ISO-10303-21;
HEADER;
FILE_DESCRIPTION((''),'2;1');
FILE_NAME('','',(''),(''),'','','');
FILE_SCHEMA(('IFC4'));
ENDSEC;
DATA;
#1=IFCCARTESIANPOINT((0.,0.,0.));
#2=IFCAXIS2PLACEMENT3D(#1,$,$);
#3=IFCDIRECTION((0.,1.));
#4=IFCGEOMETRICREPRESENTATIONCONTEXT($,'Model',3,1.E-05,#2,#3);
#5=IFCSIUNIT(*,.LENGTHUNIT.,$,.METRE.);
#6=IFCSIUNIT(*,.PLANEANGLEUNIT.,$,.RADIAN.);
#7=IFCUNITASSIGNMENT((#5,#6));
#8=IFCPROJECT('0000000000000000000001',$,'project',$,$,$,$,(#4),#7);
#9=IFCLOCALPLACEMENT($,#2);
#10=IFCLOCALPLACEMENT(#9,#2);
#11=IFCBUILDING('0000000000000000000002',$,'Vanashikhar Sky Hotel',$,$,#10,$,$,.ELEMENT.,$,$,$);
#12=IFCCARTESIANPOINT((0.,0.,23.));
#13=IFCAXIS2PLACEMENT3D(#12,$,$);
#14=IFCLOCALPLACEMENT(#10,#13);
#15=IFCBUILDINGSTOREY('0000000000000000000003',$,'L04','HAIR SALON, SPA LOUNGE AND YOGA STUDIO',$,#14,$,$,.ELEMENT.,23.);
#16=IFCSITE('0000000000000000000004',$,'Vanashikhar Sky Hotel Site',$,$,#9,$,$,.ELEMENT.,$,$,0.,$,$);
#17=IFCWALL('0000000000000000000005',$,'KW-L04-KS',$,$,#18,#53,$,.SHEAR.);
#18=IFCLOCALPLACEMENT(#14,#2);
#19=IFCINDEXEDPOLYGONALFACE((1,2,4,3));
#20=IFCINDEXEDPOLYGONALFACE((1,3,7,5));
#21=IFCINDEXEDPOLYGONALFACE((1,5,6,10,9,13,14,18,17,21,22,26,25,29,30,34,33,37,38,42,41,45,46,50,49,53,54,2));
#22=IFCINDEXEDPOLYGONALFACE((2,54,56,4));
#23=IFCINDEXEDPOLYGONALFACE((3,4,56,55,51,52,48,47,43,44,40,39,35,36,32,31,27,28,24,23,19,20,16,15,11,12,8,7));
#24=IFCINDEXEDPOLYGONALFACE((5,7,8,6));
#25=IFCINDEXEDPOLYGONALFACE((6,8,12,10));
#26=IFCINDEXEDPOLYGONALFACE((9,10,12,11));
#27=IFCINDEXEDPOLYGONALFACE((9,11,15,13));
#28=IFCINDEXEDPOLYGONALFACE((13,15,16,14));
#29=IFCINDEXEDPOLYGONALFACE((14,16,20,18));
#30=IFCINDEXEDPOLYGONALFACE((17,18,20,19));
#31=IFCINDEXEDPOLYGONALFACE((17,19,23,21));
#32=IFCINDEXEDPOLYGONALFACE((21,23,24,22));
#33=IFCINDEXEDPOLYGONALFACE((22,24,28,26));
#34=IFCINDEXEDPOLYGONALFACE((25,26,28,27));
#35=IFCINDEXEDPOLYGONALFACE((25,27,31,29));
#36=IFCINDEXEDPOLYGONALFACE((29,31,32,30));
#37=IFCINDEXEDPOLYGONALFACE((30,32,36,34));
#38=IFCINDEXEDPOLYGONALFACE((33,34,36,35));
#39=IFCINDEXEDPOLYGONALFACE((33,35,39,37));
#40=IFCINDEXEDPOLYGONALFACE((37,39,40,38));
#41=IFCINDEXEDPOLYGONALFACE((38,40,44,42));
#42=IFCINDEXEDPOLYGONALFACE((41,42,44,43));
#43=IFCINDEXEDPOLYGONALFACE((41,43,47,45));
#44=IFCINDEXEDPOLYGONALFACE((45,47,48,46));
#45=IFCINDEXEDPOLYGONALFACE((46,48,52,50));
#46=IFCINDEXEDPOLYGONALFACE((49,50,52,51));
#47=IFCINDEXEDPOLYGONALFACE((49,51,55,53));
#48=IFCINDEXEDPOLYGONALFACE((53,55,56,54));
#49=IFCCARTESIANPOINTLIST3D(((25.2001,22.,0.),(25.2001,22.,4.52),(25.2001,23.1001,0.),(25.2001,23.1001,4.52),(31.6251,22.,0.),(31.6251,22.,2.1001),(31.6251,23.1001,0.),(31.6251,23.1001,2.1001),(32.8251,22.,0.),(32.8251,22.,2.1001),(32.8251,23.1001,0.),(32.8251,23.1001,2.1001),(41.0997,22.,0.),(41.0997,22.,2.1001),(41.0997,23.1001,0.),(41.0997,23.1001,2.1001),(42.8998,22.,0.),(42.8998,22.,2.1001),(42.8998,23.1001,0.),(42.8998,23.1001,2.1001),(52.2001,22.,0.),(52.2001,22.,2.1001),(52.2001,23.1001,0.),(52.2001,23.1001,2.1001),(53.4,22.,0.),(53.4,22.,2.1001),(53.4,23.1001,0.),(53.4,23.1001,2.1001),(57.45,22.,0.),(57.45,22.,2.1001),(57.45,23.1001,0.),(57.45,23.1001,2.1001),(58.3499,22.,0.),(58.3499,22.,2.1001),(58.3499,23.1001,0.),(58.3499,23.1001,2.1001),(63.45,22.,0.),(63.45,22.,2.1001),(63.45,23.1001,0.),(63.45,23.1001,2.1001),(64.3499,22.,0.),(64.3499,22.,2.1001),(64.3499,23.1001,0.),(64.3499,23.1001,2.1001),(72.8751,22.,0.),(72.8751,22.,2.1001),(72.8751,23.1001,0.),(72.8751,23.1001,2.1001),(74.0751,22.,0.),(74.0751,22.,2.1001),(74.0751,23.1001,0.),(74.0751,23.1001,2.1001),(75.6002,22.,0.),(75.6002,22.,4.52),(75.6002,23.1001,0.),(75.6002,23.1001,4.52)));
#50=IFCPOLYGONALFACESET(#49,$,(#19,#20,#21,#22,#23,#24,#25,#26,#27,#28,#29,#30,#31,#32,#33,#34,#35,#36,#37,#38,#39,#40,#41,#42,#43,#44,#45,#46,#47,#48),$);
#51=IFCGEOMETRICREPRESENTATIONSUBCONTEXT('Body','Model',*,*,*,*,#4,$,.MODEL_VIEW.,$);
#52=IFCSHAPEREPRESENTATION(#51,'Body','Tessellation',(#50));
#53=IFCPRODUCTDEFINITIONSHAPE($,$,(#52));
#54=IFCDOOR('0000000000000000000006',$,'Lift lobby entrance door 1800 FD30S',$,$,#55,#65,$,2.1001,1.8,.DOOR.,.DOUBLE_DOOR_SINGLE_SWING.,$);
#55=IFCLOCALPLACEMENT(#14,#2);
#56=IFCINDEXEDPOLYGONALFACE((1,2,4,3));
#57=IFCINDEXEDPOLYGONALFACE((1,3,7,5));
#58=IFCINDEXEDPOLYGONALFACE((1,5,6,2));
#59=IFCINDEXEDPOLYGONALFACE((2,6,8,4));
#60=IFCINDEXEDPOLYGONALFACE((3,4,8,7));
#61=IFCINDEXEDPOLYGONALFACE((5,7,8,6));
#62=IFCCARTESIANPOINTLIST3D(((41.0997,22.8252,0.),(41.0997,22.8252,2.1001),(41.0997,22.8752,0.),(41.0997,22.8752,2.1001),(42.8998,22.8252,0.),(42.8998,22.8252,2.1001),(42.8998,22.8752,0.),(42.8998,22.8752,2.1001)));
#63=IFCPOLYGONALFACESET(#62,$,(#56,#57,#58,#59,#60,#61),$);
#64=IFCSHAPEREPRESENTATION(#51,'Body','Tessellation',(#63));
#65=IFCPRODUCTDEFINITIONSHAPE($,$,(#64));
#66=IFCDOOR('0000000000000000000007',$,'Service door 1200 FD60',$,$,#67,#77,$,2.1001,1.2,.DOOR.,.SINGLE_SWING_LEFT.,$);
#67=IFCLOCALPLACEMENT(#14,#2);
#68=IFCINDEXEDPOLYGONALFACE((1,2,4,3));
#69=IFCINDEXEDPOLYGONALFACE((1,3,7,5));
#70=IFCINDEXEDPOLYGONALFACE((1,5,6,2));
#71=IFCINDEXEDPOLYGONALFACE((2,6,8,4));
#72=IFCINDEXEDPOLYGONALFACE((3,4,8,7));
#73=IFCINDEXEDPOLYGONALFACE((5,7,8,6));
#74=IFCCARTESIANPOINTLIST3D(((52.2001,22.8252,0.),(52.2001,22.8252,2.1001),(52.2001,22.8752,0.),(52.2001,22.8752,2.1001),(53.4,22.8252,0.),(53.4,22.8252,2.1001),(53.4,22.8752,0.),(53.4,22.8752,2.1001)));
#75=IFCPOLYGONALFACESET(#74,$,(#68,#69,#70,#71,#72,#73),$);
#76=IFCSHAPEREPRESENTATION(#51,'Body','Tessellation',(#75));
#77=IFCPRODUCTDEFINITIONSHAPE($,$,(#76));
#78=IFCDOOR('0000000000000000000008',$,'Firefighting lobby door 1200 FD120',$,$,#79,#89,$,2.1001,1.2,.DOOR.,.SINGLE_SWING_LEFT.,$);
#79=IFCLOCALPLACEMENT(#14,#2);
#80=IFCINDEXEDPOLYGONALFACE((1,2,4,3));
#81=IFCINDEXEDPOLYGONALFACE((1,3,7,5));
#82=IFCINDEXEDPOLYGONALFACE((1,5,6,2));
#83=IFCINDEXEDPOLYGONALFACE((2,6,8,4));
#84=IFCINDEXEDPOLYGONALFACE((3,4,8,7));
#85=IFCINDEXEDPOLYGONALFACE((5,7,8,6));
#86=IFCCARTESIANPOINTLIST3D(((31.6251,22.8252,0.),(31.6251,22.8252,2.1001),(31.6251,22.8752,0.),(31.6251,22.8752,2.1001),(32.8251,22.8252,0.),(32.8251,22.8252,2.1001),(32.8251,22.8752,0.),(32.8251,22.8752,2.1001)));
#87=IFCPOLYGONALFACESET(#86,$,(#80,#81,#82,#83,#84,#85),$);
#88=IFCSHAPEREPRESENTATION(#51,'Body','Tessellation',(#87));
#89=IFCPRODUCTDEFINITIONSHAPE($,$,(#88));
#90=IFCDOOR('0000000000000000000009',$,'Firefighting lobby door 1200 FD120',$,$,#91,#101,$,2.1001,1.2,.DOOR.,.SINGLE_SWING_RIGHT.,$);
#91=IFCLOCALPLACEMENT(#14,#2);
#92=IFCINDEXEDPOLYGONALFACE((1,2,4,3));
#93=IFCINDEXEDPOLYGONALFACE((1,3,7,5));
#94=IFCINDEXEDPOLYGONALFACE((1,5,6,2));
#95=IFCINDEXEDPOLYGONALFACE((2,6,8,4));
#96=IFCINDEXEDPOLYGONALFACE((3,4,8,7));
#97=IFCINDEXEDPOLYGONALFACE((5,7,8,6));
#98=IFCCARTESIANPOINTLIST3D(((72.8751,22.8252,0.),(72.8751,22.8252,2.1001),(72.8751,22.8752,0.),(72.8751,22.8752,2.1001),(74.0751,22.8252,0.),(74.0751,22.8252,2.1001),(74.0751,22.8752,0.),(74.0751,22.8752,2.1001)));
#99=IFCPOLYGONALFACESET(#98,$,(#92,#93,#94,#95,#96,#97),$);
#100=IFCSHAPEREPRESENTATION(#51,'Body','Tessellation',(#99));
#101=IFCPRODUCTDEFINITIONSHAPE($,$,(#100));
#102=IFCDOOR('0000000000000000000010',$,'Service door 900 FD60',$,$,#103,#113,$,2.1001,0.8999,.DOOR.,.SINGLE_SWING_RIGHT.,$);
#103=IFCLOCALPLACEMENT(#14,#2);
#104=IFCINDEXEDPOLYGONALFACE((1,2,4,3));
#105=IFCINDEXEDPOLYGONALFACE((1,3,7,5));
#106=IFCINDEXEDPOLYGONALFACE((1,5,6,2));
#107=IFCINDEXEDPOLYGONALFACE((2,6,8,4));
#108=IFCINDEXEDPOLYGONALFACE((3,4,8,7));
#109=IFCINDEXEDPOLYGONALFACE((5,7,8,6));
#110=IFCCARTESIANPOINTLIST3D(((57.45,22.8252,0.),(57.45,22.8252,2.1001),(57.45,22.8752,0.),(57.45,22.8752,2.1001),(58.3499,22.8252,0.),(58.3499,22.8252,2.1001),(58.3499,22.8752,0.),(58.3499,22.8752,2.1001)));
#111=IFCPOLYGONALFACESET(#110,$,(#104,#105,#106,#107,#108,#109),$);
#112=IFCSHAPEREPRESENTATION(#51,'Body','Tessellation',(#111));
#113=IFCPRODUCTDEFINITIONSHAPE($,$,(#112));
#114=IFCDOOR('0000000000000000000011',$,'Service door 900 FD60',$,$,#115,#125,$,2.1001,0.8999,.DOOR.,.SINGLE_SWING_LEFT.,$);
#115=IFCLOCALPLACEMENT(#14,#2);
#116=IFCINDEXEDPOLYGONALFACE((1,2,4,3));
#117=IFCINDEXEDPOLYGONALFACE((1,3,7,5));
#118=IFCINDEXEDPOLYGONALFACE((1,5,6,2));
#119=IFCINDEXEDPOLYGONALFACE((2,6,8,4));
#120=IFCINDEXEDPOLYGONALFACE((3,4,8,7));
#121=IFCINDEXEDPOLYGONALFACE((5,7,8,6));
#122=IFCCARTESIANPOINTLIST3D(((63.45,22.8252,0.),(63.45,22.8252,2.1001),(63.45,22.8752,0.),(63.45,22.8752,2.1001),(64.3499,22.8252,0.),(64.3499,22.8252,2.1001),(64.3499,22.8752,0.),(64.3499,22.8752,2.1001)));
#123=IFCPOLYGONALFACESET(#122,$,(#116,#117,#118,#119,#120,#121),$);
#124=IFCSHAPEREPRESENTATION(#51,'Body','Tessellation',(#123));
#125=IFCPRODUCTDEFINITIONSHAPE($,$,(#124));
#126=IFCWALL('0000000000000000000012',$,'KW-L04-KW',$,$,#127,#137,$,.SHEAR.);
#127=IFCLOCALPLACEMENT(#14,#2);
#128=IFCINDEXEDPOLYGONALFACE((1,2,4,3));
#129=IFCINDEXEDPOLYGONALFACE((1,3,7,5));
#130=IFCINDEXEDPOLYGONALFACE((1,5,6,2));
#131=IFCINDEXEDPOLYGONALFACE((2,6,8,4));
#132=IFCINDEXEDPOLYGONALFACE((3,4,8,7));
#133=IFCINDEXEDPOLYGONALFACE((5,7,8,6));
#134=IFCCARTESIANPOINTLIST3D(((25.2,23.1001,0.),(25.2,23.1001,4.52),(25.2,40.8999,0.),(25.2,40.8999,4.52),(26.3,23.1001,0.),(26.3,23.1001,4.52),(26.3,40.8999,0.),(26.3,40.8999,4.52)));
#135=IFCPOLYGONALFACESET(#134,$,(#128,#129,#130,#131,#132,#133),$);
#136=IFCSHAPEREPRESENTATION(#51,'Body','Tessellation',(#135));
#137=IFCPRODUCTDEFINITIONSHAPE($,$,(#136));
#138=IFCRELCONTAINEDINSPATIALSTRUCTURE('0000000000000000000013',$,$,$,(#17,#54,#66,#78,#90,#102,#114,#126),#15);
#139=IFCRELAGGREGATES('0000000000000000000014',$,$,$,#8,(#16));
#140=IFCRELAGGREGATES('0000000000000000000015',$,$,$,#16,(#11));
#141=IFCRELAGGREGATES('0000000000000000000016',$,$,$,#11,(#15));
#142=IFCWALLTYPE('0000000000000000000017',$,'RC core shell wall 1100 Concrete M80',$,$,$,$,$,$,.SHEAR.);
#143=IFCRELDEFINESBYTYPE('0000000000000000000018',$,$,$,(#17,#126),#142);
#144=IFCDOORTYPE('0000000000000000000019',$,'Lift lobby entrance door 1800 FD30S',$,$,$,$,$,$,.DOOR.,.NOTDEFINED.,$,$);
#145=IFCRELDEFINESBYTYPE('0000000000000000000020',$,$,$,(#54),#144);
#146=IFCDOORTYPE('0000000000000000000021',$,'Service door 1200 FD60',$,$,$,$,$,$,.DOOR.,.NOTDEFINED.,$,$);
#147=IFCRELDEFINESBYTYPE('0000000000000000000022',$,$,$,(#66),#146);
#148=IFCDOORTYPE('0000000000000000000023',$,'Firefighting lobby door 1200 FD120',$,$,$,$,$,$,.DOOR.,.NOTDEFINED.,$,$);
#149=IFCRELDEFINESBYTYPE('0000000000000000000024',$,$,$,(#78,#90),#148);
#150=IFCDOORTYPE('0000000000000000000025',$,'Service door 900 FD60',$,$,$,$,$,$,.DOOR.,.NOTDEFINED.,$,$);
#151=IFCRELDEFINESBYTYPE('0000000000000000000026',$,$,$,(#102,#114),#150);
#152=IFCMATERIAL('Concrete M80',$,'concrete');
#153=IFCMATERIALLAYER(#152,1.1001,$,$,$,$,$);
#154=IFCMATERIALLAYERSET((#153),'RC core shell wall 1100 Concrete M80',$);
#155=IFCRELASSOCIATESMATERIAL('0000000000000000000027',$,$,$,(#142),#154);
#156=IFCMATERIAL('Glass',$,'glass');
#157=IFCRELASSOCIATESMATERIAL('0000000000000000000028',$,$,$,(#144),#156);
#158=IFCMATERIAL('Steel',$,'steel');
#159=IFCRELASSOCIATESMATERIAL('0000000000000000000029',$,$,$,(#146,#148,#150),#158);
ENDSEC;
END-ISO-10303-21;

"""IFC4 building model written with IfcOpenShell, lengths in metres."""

from ifc_helpers import new_model, si_unit, direction, frame, frame_2d, origin, place, context, subcontext, project, spatial, rectangle, extrude, source, transform, mapped, material, layer, layer_set, type_object, element, fill, save


model = new_model("IFC4")

# Units and contexts
model_context = context("Model", 3, precision=1e-05, world=origin(), true_north=direction((0.0, 1.0)))
body_context = subcontext(model_context, "Body", "Model", "MODEL_VIEW")
ifc_project = project(units=[si_unit("LENGTHUNIT", "METRE"), si_unit("PLANEANGLEUNIT", "RADIAN")], contexts=[model_context])

# Site, building, storey
site_placement = place(None, origin())
site = spatial("IfcSite", under=ifc_project, at=site_placement, Name="Vanashikhar Sky Hotel Site", CompositionType="ELEMENT", RefElevation=0.0)
building_placement = place(site_placement, origin())
building = spatial("IfcBuilding", under=site, at=building_placement, Name="Vanashikhar Sky Hotel", CompositionType="ELEMENT")
storey_placement = place(building_placement, frame((0.0, 0.0, 23.0)))
storey = spatial("IfcBuildingStorey", under=building, at=storey_placement, Name="L04", Description="HAIR SALON, SPA LOUNGE AND YOGA STUDIO", CompositionType="ELEMENT", Elevation=23.0)

# Wall, openings, doors
ifc_material_1 = material(Name="Concrete M80", Category="concrete")
ifc_layer_1 = layer(ifc_material_1, 1.1001)
ifc_layer_set_1 = layer_set([ifc_layer_1], Name="RC core shell wall 1100 Concrete M80")
wall_type_1 = type_object("IfcWallType", Name="RC core shell wall 1100 Concrete M80", PredefinedType="SHEAR", material=ifc_layer_set_1)
shared_shape_1 = source(origin(), body_context, "Body", "SweptSolid", [
    extrude(rectangle(XDim=50.4001, YDim=1.1001, at=frame_2d((25.2002, 0.0))), origin(), (0.0, 0.0, 1.0), 4.52),
])
wall_1_placement = place(storey_placement, frame((25.2, 22.55, 0.0), z_axis=(0.0, 0.0, 1.0), x_axis=(1.0, 0.0, 0.0)))
wall_1 = element("IfcWall", 1, at=wall_1_placement, inside=storey, type_object=wall_type_1, Name="KW-L04-KS", PredefinedType="SHEAR", context=body_context, shape_type="MappedRepresentation", body=[
    mapped(shared_shape_1, transform((0.0, 0.0, 0.0), scale=1.0)),
])
shared_shape_2 = source(origin(), body_context, "Body", "SweptSolid", [
    extrude(rectangle(XDim=1.8, YDim=2.1001, at=frame_2d((0.8999, 1.05))), frame((0.0, 0.5601, 0.0), z_axis=(0.0, -1.0, 0.0), x_axis=(1.0, 0.0, 0.0)), (0.0, 0.0, 1.0), 1.1201),
])
opening_1_placement = place(wall_1_placement, frame((15.8999, 0.0, 0.0)))
opening_1 = element("IfcOpeningElement", 2, at=opening_1_placement, cuts=wall_1, PredefinedType="OPENING", context=body_context, shape_type="MappedRepresentation", body=[
    mapped(shared_shape_2, transform((0.0, 0.0, 0.0), scale=1.0)),
])
shared_shape_3 = source(origin(), body_context, "Body", "SweptSolid", [
    extrude(rectangle(XDim=1.2, YDim=2.1001, at=frame_2d((0.6001, 1.05))), frame((0.0, 0.5601, 0.0), z_axis=(0.0, -1.0, 0.0), x_axis=(1.0, 0.0, 0.0)), (0.0, 0.0, 1.0), 1.1201),
])
opening_2_placement = place(wall_1_placement, frame((27.0, 0.0, 0.0)))
opening_2 = element("IfcOpeningElement", 3, at=opening_2_placement, cuts=wall_1, PredefinedType="OPENING", context=body_context, shape_type="MappedRepresentation", body=[
    mapped(shared_shape_3, transform((0.0, 0.0, 0.0), scale=1.0)),
])
shared_shape_4 = source(origin(), body_context, "Body", "SweptSolid", [
    extrude(rectangle(XDim=0.8999, YDim=2.1001, at=frame_2d((0.45, 1.05))), frame((0.0, 0.5601, 0.0), z_axis=(0.0, -1.0, 0.0), x_axis=(1.0, 0.0, 0.0)), (0.0, 0.0, 1.0), 1.1201),
])
opening_3_placement = place(wall_1_placement, frame((32.25, 0.0, 0.0)))
opening_3 = element("IfcOpeningElement", 4, at=opening_3_placement, cuts=wall_1, PredefinedType="OPENING", context=body_context, shape_type="MappedRepresentation", body=[
    mapped(shared_shape_4, transform((0.0, 0.0, 0.0), scale=1.0)),
])
opening_4_placement = place(wall_1_placement, frame((38.25, 0.0, 0.0)))
opening_4 = element("IfcOpeningElement", 5, at=opening_4_placement, cuts=wall_1, PredefinedType="OPENING", context=body_context, shape_type="MappedRepresentation", body=[
    mapped(shared_shape_4, transform((0.0, 0.0, 0.0), scale=1.0)),
])
opening_5_placement = place(wall_1_placement, frame((6.425, 0.0, 0.0)))
opening_5 = element("IfcOpeningElement", 6, at=opening_5_placement, cuts=wall_1, PredefinedType="OPENING", context=body_context, shape_type="MappedRepresentation", body=[
    mapped(shared_shape_3, transform((0.0, 0.0, 0.0), scale=1.0)),
])
opening_6_placement = place(wall_1_placement, frame((47.675, 0.0, 0.0)))
opening_6 = element("IfcOpeningElement", 7, at=opening_6_placement, cuts=wall_1, PredefinedType="OPENING", context=body_context, shape_type="MappedRepresentation", body=[
    mapped(shared_shape_3, transform((0.0, 0.0, 0.0), scale=1.0)),
])
ifc_material_2 = material(Name="Glass", Category="glass")
door_type_1 = type_object("IfcDoorType", Name="Lift lobby entrance door 1800 FD30S", OperationType="NOTDEFINED", PredefinedType="DOOR", material=ifc_material_2)
shared_shape_5 = source(origin(), body_context, "Body", "SweptSolid", [
    extrude(rectangle(XDim=1.8, YDim=2.1001, at=frame_2d((0.8999, 1.05))), frame((0.0, 0.3252, 0.0), z_axis=(0.0, -1.0, 0.0), x_axis=(1.0, 0.0, 0.0)), (0.0, 0.0, 1.0), 0.05),
])
door_1_placement = place(opening_1_placement, origin())
door_1 = element("IfcDoor", 8, at=door_1_placement, inside=storey, type_object=door_type_1, Name="Lift lobby entrance door 1800 FD30S", OperationType="DOUBLE_DOOR_SINGLE_SWING", OverallHeight=2.1001, OverallWidth=1.8, PredefinedType="DOOR", context=body_context, shape_type="MappedRepresentation", body=[
    mapped(shared_shape_5, transform((0.0, 0.0, 0.0), scale=1.0)),
])
fill(opening_1, door_1)
ifc_material_3 = material(Name="Steel", Category="steel")
door_type_2 = type_object("IfcDoorType", Name="Service door 1200 FD60", OperationType="NOTDEFINED", PredefinedType="DOOR", material=ifc_material_3)
shared_shape_6 = source(origin(), body_context, "Body", "SweptSolid", [
    extrude(rectangle(XDim=1.2, YDim=2.1001, at=frame_2d((0.6001, 1.05))), frame((0.0, 0.3252, 0.0), z_axis=(0.0, -1.0, 0.0), x_axis=(1.0, 0.0, 0.0)), (0.0, 0.0, 1.0), 0.05),
])
door_2_placement = place(opening_2_placement, origin())
door_2 = element("IfcDoor", 9, at=door_2_placement, inside=storey, type_object=door_type_2, Name="Service door 1200 FD60", OperationType="SINGLE_SWING_LEFT", OverallHeight=2.1001, OverallWidth=1.2, PredefinedType="DOOR", context=body_context, shape_type="MappedRepresentation", body=[
    mapped(shared_shape_6, transform((0.0, 0.0, 0.0), scale=1.0)),
])
fill(opening_2, door_2)
door_type_3 = type_object("IfcDoorType", Name="Firefighting lobby door 1200 FD120", OperationType="NOTDEFINED", PredefinedType="DOOR", material=ifc_material_3)
door_3_placement = place(opening_5_placement, origin())
door_3 = element("IfcDoor", 10, at=door_3_placement, inside=storey, type_object=door_type_3, Name="Firefighting lobby door 1200 FD120", OperationType="SINGLE_SWING_LEFT", OverallHeight=2.1001, OverallWidth=1.2, PredefinedType="DOOR", context=body_context, shape_type="MappedRepresentation", body=[
    mapped(shared_shape_6, transform((0.0, 0.0, 0.0), scale=1.0)),
])
fill(opening_5, door_3)
door_4_placement = place(opening_6_placement, origin())
door_4 = element("IfcDoor", 11, at=door_4_placement, inside=storey, type_object=door_type_3, Name="Firefighting lobby door 1200 FD120", OperationType="SINGLE_SWING_RIGHT", OverallHeight=2.1001, OverallWidth=1.2, PredefinedType="DOOR", context=body_context, shape_type="MappedRepresentation", body=[
    mapped(shared_shape_6, transform((0.0, 0.0, 0.0), scale=1.0)),
])
fill(opening_6, door_4)
door_type_4 = type_object("IfcDoorType", Name="Service door 900 FD60", OperationType="NOTDEFINED", PredefinedType="DOOR", material=ifc_material_3)
shared_shape_7 = source(origin(), body_context, "Body", "SweptSolid", [
    extrude(rectangle(XDim=0.8999, YDim=2.1001, at=frame_2d((0.45, 1.05))), frame((0.0, 0.3252, 0.0), z_axis=(0.0, -1.0, 0.0), x_axis=(1.0, 0.0, 0.0)), (0.0, 0.0, 1.0), 0.05),
])
door_5_placement = place(opening_3_placement, origin())
door_5 = element("IfcDoor", 12, at=door_5_placement, inside=storey, type_object=door_type_4, Name="Service door 900 FD60", OperationType="SINGLE_SWING_RIGHT", OverallHeight=2.1001, OverallWidth=0.8999, PredefinedType="DOOR", context=body_context, shape_type="MappedRepresentation", body=[
    mapped(shared_shape_7, transform((0.0, 0.0, 0.0), scale=1.0)),
])
fill(opening_3, door_5)
door_6_placement = place(opening_4_placement, origin())
door_6 = element("IfcDoor", 13, at=door_6_placement, inside=storey, type_object=door_type_4, Name="Service door 900 FD60", OperationType="SINGLE_SWING_LEFT", OverallHeight=2.1001, OverallWidth=0.8999, PredefinedType="DOOR", context=body_context, shape_type="MappedRepresentation", body=[
    mapped(shared_shape_7, transform((0.0, 0.0, 0.0), scale=1.0)),
])
fill(opening_4, door_6)

# Wall
shared_shape_8 = source(origin(), body_context, "Body", "SweptSolid", [
    extrude(rectangle(XDim=17.7998, YDim=1.1001, at=frame_2d((8.8999, 0.0))), origin(), (0.0, 0.0, 1.0), 4.52),
])
wall_2_placement = place(storey_placement, frame((25.75, 23.1001, 0.0), z_axis=(0.0, 0.0, 1.0), x_axis=(0.0, 1.0, 0.0)))
element("IfcWall", 14, at=wall_2_placement, inside=storey, type_object=wall_type_1, Name="KW-L04-KW", PredefinedType="SHEAR", context=body_context, shape_type="MappedRepresentation", body=[
    mapped(shared_shape_8, transform((0.0, 0.0, 0.0), scale=1.0)),
])

save(model, "model.ifc")
